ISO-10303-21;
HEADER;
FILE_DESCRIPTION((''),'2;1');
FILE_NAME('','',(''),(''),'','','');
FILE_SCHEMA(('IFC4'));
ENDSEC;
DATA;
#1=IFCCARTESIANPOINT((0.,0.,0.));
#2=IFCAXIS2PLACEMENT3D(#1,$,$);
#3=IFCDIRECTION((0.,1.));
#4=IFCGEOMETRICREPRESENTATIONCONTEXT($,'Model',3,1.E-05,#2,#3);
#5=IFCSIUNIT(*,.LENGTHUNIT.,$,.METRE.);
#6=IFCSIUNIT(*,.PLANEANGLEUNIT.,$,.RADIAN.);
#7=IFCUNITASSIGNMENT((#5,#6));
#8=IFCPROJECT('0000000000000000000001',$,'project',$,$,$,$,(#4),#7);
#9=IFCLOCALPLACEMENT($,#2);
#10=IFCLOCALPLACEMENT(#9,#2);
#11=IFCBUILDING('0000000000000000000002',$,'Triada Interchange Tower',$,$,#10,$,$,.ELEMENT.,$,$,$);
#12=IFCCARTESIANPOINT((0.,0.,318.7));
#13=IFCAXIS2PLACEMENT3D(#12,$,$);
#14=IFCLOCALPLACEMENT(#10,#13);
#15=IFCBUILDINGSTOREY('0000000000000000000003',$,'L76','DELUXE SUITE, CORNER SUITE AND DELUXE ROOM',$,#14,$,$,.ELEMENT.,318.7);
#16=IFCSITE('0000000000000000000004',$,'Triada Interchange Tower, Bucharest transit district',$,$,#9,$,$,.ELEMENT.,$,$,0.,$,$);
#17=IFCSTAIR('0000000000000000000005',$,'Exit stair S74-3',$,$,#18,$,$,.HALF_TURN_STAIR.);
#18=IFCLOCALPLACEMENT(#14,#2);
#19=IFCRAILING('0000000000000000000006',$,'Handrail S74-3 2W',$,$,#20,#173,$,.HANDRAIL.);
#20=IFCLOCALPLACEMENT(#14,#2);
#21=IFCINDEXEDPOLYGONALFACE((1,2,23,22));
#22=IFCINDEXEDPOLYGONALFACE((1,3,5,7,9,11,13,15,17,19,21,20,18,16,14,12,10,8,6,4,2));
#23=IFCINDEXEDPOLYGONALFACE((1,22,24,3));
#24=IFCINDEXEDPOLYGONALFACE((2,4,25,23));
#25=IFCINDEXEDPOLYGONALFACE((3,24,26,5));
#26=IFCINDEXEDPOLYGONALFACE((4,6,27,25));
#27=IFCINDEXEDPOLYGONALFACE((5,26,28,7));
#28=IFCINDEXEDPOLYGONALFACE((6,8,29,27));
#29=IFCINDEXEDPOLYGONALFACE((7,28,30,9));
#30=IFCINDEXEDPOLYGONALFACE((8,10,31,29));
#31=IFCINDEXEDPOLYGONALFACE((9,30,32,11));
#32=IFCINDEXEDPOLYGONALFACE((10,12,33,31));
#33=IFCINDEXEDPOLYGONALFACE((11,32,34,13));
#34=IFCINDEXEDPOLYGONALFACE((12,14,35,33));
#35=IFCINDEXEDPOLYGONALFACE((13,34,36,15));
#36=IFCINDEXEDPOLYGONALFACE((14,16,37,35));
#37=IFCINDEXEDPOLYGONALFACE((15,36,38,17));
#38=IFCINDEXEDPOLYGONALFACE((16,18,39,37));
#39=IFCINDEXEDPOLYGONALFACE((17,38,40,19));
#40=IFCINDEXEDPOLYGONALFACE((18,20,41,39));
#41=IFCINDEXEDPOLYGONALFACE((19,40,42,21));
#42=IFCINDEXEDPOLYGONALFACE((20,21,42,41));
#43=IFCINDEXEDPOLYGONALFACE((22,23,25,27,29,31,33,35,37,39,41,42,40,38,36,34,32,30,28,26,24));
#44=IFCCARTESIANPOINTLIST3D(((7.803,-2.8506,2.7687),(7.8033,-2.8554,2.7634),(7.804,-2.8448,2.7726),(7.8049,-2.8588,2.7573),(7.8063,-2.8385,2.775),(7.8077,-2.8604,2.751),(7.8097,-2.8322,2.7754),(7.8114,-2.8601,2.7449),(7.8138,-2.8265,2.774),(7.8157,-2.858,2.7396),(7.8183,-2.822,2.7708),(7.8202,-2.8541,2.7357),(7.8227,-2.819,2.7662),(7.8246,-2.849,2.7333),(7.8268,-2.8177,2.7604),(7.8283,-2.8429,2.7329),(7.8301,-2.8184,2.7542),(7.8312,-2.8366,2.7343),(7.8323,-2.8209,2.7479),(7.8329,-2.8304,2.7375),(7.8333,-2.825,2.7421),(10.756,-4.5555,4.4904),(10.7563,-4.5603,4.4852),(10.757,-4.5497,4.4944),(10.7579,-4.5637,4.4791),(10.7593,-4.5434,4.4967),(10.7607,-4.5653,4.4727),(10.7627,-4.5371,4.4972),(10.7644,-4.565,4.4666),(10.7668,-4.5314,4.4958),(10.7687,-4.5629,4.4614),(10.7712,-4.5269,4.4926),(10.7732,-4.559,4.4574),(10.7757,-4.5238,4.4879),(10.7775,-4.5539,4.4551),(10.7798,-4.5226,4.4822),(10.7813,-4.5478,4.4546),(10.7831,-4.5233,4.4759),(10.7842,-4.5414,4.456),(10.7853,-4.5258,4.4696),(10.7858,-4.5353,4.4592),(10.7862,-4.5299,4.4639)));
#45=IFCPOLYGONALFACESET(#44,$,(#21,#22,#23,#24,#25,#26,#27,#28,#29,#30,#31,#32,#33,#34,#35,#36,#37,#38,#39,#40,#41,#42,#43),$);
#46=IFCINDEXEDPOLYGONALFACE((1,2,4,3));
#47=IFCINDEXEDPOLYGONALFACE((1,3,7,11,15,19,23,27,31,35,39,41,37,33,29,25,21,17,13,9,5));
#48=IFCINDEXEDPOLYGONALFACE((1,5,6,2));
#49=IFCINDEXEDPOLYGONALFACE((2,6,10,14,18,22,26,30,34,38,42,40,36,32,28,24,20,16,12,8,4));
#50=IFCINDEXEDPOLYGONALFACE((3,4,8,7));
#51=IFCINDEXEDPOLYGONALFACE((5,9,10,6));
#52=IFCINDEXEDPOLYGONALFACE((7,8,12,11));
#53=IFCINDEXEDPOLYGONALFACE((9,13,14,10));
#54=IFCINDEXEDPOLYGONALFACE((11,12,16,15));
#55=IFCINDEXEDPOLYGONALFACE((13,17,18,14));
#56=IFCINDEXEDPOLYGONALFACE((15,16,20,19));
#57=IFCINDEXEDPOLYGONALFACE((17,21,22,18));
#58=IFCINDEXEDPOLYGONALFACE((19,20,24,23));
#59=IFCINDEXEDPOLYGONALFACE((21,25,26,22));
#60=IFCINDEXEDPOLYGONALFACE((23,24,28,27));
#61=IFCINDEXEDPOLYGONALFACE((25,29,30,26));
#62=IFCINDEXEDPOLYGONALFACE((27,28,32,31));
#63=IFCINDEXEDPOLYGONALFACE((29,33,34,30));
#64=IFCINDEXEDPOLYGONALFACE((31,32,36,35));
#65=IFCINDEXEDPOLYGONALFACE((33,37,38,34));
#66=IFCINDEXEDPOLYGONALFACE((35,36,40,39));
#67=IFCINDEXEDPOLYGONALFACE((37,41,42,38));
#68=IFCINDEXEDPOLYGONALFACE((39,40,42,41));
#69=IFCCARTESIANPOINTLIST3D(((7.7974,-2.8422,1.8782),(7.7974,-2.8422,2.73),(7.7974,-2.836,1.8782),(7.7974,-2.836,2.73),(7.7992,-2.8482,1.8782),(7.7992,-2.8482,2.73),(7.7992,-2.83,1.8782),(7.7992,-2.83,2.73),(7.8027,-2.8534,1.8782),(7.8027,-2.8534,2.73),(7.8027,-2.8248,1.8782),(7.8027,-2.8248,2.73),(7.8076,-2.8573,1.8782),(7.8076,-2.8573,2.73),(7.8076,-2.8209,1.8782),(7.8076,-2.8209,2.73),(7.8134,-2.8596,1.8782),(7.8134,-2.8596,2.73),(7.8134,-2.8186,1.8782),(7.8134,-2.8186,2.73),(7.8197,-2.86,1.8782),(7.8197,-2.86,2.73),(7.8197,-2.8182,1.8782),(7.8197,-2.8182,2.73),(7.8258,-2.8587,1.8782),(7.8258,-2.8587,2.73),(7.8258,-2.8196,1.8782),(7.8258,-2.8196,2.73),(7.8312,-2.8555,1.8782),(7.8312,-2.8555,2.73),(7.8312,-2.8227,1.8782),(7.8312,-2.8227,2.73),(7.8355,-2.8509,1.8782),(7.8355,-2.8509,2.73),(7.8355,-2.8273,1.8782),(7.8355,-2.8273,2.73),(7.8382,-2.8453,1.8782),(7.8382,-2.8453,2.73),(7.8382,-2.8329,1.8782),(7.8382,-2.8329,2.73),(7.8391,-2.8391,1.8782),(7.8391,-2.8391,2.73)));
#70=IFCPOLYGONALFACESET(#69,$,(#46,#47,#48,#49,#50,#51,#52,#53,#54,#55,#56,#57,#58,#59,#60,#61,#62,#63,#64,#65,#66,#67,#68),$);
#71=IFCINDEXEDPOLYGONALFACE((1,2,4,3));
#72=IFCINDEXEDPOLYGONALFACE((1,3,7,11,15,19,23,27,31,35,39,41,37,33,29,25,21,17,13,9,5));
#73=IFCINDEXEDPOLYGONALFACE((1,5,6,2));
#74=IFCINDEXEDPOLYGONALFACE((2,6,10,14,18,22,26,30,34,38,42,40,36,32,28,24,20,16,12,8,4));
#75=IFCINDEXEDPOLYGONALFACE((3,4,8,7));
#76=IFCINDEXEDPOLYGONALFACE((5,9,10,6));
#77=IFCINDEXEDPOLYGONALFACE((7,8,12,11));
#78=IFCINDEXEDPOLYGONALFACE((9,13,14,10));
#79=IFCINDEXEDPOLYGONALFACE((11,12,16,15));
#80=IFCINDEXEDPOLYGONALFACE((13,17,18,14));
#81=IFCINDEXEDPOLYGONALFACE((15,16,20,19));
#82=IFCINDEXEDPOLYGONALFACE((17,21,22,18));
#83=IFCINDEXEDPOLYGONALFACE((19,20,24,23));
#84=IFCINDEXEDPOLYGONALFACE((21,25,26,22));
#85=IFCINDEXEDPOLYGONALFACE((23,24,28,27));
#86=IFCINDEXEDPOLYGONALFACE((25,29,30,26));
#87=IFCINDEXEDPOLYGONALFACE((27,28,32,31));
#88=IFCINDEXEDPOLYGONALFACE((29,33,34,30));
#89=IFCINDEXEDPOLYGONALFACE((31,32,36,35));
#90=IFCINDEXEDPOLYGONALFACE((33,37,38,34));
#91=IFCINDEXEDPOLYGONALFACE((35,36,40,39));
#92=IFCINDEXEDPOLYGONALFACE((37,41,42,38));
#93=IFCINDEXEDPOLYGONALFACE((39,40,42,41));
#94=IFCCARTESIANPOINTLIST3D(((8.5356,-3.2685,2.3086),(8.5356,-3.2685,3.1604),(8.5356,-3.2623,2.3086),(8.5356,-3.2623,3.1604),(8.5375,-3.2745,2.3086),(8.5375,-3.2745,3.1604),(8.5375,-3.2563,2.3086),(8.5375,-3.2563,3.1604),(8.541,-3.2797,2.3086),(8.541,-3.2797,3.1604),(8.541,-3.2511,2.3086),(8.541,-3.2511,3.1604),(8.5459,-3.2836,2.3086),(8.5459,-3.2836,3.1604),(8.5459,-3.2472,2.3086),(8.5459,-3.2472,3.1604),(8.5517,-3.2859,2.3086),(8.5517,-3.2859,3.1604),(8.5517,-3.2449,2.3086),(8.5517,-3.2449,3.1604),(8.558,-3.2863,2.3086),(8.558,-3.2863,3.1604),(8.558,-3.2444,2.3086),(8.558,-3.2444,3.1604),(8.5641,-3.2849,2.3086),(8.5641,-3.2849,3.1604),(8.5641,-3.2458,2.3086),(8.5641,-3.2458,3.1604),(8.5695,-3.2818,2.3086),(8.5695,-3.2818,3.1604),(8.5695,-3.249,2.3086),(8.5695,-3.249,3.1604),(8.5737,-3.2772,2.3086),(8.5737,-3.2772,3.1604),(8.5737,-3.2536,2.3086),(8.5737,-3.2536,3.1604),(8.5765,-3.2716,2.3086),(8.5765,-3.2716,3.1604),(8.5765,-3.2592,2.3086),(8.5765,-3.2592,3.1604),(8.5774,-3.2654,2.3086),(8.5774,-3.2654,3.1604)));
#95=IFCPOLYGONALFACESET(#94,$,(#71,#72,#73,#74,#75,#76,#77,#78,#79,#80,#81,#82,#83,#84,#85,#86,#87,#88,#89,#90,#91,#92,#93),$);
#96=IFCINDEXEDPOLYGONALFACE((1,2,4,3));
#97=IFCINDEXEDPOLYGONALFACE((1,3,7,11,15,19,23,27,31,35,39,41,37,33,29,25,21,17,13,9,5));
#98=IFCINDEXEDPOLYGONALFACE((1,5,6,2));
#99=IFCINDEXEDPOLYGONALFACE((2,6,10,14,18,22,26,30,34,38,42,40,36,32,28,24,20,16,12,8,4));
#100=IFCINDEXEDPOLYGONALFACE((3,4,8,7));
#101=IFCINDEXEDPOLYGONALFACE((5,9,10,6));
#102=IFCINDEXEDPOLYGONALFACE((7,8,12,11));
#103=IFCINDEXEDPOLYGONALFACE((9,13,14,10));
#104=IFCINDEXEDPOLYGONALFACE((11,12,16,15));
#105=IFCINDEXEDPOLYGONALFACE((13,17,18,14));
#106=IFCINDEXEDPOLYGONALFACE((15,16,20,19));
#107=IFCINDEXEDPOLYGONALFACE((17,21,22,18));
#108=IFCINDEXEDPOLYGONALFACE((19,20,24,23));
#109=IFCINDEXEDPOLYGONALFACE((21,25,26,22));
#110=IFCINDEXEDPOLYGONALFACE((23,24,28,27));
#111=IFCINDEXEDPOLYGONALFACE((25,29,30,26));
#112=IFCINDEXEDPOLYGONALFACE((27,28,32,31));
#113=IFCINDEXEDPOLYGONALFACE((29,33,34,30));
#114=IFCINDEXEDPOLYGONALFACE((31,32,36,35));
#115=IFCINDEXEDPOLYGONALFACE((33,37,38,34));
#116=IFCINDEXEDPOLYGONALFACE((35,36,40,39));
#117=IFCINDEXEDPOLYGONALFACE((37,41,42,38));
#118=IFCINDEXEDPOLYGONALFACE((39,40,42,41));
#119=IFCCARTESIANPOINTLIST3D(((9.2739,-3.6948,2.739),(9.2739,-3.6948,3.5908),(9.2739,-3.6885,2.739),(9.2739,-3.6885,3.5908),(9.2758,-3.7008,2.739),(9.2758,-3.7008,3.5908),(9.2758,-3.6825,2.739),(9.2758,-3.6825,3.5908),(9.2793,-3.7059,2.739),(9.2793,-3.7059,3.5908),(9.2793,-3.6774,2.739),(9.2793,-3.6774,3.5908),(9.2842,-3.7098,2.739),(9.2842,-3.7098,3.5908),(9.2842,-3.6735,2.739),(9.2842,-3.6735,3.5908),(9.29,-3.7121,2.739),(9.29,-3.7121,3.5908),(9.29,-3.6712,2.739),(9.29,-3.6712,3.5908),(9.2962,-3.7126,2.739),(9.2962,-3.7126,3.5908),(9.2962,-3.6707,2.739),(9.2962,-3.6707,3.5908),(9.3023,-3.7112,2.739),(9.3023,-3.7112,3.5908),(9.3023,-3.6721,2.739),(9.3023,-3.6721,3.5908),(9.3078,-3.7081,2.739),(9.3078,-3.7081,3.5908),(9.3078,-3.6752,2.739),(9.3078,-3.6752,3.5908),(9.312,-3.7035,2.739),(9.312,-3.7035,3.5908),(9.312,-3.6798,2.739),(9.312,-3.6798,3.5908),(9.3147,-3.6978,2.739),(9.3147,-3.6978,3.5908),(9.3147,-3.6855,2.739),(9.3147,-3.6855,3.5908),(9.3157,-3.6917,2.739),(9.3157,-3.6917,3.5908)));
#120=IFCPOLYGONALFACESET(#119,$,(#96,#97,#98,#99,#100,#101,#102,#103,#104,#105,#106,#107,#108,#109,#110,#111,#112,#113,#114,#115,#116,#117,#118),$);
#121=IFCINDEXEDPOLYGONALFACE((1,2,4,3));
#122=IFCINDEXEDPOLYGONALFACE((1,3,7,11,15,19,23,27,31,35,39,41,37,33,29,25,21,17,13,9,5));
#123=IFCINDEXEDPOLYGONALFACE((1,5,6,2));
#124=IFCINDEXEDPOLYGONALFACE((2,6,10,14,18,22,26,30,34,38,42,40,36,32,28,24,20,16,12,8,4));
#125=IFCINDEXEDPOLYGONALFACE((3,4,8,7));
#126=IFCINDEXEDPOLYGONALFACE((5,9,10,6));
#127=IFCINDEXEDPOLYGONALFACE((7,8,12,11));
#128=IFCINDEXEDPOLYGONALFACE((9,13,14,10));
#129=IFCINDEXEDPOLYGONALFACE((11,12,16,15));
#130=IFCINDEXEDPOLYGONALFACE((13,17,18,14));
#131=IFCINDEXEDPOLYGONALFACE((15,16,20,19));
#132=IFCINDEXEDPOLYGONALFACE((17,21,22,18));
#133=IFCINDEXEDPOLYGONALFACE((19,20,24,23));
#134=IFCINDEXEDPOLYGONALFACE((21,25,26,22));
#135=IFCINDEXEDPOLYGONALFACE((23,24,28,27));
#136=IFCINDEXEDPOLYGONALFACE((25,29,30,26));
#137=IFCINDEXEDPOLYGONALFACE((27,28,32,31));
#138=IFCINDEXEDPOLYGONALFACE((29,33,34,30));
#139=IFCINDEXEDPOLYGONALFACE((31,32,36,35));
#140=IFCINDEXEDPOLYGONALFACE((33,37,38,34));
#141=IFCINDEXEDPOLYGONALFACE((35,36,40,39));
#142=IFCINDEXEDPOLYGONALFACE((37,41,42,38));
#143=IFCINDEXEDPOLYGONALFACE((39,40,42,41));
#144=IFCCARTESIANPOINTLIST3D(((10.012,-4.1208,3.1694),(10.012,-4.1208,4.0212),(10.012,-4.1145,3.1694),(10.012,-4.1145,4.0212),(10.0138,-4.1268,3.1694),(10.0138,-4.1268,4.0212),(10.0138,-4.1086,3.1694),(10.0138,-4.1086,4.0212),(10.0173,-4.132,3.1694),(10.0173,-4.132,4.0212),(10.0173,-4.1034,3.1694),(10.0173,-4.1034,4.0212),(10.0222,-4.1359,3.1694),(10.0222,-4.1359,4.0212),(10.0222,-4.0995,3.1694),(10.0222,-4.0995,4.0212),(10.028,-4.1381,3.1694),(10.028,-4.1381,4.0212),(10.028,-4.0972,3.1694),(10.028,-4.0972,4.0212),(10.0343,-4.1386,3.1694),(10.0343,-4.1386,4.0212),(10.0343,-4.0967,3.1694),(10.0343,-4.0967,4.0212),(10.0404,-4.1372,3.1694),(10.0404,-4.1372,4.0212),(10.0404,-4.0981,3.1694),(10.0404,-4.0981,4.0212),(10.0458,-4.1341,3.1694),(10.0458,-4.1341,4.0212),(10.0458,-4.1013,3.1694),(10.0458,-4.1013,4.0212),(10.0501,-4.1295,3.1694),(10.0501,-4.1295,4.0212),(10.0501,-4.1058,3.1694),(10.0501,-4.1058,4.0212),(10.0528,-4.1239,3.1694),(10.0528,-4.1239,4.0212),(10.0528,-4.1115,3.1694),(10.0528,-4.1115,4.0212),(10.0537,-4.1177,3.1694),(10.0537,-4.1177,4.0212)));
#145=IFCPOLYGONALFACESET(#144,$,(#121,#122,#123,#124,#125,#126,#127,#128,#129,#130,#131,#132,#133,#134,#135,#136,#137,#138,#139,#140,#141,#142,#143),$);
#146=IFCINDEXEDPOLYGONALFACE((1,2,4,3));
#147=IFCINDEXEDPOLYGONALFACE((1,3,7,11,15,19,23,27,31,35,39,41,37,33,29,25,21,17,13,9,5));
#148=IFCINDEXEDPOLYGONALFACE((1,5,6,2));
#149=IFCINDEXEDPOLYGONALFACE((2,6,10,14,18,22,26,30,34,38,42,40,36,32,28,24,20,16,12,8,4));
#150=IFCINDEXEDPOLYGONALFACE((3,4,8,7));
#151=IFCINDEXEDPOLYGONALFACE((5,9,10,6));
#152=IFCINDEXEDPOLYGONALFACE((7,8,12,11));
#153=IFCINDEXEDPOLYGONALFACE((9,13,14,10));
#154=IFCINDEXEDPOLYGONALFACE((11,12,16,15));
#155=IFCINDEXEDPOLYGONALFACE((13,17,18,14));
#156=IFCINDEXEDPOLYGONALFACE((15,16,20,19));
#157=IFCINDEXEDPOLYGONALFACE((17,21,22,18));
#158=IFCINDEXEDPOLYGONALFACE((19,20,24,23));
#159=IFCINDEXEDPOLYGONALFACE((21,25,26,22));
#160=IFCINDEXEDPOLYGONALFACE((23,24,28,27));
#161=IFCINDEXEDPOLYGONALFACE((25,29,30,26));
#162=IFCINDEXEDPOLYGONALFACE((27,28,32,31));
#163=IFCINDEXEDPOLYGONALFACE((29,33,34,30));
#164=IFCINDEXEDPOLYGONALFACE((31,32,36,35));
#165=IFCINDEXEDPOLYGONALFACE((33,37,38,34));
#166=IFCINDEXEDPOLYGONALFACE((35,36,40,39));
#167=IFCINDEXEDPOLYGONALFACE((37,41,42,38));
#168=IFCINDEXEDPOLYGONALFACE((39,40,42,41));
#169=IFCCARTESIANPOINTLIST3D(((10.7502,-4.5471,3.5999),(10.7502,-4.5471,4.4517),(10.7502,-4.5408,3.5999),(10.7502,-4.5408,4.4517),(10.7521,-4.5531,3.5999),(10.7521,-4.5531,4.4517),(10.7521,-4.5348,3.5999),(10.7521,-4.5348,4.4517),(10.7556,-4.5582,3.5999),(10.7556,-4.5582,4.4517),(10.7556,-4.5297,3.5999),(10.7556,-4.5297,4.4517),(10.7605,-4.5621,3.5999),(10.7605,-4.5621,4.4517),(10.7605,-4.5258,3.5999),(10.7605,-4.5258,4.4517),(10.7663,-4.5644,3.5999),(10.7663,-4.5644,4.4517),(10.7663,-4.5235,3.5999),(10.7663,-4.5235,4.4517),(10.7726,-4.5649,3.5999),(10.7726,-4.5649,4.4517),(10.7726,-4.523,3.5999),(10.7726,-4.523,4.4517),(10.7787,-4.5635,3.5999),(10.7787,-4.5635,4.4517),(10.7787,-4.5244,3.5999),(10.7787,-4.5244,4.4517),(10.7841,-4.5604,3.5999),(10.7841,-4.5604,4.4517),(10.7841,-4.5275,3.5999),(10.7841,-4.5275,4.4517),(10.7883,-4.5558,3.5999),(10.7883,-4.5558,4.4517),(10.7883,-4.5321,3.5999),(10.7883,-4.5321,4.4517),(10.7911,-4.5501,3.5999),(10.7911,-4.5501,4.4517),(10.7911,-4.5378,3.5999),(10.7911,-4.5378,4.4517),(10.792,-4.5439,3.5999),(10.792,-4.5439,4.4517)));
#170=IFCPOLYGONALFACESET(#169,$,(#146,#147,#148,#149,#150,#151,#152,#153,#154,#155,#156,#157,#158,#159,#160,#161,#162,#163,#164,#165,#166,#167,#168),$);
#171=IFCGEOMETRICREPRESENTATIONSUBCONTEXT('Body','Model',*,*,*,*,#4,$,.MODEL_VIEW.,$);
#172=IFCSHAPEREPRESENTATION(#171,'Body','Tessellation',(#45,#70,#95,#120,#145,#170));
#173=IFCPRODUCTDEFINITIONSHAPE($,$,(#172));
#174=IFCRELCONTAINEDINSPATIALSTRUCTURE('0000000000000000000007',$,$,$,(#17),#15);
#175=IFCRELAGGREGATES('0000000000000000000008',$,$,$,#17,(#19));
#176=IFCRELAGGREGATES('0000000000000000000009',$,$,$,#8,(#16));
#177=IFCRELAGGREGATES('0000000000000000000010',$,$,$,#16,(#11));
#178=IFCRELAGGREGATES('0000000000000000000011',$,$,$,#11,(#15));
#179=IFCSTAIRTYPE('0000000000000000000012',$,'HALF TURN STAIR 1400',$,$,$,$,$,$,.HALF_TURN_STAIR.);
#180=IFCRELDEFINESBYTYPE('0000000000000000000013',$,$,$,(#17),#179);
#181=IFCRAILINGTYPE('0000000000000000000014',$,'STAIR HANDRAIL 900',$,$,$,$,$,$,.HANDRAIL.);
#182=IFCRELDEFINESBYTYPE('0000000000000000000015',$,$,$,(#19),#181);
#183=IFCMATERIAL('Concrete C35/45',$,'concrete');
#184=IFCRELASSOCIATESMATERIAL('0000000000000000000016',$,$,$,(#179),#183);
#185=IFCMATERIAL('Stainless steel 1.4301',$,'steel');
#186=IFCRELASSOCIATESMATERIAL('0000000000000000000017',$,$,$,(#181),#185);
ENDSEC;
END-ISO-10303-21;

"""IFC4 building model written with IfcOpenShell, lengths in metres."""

from ifc_helpers import new_model, si_unit, direction, frame, origin, origin_2d, place, context, subcontext, project, spatial, circle, extrude, material, type_object, element, aggregate, save


model = new_model("IFC4")

# Units and contexts
model_context = context("Model", 3, precision=1e-05, world=origin(), true_north=direction((0.0, 1.0)))
body_context = subcontext(model_context, "Body", "Model", "MODEL_VIEW")
ifc_project = project(units=[si_unit("LENGTHUNIT", "METRE"), si_unit("PLANEANGLEUNIT", "RADIAN")], contexts=[model_context])

# Site, building, storey
site_placement = place(None, origin())
site = spatial("IfcSite", under=ifc_project, at=site_placement, Name="Triada Interchange Tower, Bucharest transit district", CompositionType="ELEMENT", RefElevation=0.0)
building_placement = place(site_placement, origin())
building = spatial("IfcBuilding", under=site, at=building_placement, Name="Triada Interchange Tower", CompositionType="ELEMENT")
storey_placement = place(building_placement, frame((0.0, 0.0, 318.7)))
storey = spatial("IfcBuildingStorey", under=building, at=storey_placement, Name="L76", Description="DELUXE SUITE, CORNER SUITE AND DELUXE ROOM", CompositionType="ELEMENT", Elevation=318.7)

# Stair, railing
ifc_material_1 = material(Name="Concrete C35/45", Category="concrete")
stair_type = type_object("IfcStairType", Name="HALF TURN STAIR 1400", PredefinedType="HALF_TURN_STAIR", material=ifc_material_1)
stair_placement = place(storey_placement, origin())
stair = element("IfcStair", 1, at=stair_placement, inside=storey, type_object=stair_type, Name="Exit stair S74-3", PredefinedType="HALF_TURN_STAIR")
ifc_material_2 = material(Name="Stainless steel 1.4301", Category="steel")
railing_type = type_object("IfcRailingType", Name="STAIR HANDRAIL 900", PredefinedType="HANDRAIL", material=ifc_material_2)
railing_1_placement = place(storey_placement, frame((7.8181, -2.8391, 1.8782)))
railing_1 = element("IfcRailing", 2, at=railing_1_placement, type_object=railing_type, Name="Handrail S74-3 2W", PredefinedType="HANDRAIL", context=body_context, shape_type="SweptSolid", body=[
    extrude(circle(Radius=0.0239, at=origin_2d()), frame((0.0, 0.0, 0.876), z_axis=(0.773065, -0.446326, 0.450736), x_axis=(0.499997, 0.866027, 0.0)), (0.0, 0.0, 1.0), 3.8198),
    extrude(circle(Radius=0.021, at=origin_2d()), origin(), (0.0, 0.0, 1.0), 0.8518),
    extrude(circle(Radius=0.021, at=origin_2d()), frame((0.7383, -0.4263, 0.4304)), (0.0, 0.0, 1.0), 0.8518),
    extrude(circle(Radius=0.021, at=origin_2d()), frame((1.4766, -0.8525, 0.8608)), (0.0, 0.0, 1.0), 0.8518),
    extrude(circle(Radius=0.021, at=origin_2d()), frame((2.2146, -1.2786, 1.2913)), (0.0, 0.0, 1.0), 0.8518),
    extrude(circle(Radius=0.021, at=origin_2d()), frame((2.9529, -1.7048, 1.7217)), (0.0, 0.0, 1.0), 0.8518),
])
aggregate(stair, [railing_1])

save(model, "model.ifc")
